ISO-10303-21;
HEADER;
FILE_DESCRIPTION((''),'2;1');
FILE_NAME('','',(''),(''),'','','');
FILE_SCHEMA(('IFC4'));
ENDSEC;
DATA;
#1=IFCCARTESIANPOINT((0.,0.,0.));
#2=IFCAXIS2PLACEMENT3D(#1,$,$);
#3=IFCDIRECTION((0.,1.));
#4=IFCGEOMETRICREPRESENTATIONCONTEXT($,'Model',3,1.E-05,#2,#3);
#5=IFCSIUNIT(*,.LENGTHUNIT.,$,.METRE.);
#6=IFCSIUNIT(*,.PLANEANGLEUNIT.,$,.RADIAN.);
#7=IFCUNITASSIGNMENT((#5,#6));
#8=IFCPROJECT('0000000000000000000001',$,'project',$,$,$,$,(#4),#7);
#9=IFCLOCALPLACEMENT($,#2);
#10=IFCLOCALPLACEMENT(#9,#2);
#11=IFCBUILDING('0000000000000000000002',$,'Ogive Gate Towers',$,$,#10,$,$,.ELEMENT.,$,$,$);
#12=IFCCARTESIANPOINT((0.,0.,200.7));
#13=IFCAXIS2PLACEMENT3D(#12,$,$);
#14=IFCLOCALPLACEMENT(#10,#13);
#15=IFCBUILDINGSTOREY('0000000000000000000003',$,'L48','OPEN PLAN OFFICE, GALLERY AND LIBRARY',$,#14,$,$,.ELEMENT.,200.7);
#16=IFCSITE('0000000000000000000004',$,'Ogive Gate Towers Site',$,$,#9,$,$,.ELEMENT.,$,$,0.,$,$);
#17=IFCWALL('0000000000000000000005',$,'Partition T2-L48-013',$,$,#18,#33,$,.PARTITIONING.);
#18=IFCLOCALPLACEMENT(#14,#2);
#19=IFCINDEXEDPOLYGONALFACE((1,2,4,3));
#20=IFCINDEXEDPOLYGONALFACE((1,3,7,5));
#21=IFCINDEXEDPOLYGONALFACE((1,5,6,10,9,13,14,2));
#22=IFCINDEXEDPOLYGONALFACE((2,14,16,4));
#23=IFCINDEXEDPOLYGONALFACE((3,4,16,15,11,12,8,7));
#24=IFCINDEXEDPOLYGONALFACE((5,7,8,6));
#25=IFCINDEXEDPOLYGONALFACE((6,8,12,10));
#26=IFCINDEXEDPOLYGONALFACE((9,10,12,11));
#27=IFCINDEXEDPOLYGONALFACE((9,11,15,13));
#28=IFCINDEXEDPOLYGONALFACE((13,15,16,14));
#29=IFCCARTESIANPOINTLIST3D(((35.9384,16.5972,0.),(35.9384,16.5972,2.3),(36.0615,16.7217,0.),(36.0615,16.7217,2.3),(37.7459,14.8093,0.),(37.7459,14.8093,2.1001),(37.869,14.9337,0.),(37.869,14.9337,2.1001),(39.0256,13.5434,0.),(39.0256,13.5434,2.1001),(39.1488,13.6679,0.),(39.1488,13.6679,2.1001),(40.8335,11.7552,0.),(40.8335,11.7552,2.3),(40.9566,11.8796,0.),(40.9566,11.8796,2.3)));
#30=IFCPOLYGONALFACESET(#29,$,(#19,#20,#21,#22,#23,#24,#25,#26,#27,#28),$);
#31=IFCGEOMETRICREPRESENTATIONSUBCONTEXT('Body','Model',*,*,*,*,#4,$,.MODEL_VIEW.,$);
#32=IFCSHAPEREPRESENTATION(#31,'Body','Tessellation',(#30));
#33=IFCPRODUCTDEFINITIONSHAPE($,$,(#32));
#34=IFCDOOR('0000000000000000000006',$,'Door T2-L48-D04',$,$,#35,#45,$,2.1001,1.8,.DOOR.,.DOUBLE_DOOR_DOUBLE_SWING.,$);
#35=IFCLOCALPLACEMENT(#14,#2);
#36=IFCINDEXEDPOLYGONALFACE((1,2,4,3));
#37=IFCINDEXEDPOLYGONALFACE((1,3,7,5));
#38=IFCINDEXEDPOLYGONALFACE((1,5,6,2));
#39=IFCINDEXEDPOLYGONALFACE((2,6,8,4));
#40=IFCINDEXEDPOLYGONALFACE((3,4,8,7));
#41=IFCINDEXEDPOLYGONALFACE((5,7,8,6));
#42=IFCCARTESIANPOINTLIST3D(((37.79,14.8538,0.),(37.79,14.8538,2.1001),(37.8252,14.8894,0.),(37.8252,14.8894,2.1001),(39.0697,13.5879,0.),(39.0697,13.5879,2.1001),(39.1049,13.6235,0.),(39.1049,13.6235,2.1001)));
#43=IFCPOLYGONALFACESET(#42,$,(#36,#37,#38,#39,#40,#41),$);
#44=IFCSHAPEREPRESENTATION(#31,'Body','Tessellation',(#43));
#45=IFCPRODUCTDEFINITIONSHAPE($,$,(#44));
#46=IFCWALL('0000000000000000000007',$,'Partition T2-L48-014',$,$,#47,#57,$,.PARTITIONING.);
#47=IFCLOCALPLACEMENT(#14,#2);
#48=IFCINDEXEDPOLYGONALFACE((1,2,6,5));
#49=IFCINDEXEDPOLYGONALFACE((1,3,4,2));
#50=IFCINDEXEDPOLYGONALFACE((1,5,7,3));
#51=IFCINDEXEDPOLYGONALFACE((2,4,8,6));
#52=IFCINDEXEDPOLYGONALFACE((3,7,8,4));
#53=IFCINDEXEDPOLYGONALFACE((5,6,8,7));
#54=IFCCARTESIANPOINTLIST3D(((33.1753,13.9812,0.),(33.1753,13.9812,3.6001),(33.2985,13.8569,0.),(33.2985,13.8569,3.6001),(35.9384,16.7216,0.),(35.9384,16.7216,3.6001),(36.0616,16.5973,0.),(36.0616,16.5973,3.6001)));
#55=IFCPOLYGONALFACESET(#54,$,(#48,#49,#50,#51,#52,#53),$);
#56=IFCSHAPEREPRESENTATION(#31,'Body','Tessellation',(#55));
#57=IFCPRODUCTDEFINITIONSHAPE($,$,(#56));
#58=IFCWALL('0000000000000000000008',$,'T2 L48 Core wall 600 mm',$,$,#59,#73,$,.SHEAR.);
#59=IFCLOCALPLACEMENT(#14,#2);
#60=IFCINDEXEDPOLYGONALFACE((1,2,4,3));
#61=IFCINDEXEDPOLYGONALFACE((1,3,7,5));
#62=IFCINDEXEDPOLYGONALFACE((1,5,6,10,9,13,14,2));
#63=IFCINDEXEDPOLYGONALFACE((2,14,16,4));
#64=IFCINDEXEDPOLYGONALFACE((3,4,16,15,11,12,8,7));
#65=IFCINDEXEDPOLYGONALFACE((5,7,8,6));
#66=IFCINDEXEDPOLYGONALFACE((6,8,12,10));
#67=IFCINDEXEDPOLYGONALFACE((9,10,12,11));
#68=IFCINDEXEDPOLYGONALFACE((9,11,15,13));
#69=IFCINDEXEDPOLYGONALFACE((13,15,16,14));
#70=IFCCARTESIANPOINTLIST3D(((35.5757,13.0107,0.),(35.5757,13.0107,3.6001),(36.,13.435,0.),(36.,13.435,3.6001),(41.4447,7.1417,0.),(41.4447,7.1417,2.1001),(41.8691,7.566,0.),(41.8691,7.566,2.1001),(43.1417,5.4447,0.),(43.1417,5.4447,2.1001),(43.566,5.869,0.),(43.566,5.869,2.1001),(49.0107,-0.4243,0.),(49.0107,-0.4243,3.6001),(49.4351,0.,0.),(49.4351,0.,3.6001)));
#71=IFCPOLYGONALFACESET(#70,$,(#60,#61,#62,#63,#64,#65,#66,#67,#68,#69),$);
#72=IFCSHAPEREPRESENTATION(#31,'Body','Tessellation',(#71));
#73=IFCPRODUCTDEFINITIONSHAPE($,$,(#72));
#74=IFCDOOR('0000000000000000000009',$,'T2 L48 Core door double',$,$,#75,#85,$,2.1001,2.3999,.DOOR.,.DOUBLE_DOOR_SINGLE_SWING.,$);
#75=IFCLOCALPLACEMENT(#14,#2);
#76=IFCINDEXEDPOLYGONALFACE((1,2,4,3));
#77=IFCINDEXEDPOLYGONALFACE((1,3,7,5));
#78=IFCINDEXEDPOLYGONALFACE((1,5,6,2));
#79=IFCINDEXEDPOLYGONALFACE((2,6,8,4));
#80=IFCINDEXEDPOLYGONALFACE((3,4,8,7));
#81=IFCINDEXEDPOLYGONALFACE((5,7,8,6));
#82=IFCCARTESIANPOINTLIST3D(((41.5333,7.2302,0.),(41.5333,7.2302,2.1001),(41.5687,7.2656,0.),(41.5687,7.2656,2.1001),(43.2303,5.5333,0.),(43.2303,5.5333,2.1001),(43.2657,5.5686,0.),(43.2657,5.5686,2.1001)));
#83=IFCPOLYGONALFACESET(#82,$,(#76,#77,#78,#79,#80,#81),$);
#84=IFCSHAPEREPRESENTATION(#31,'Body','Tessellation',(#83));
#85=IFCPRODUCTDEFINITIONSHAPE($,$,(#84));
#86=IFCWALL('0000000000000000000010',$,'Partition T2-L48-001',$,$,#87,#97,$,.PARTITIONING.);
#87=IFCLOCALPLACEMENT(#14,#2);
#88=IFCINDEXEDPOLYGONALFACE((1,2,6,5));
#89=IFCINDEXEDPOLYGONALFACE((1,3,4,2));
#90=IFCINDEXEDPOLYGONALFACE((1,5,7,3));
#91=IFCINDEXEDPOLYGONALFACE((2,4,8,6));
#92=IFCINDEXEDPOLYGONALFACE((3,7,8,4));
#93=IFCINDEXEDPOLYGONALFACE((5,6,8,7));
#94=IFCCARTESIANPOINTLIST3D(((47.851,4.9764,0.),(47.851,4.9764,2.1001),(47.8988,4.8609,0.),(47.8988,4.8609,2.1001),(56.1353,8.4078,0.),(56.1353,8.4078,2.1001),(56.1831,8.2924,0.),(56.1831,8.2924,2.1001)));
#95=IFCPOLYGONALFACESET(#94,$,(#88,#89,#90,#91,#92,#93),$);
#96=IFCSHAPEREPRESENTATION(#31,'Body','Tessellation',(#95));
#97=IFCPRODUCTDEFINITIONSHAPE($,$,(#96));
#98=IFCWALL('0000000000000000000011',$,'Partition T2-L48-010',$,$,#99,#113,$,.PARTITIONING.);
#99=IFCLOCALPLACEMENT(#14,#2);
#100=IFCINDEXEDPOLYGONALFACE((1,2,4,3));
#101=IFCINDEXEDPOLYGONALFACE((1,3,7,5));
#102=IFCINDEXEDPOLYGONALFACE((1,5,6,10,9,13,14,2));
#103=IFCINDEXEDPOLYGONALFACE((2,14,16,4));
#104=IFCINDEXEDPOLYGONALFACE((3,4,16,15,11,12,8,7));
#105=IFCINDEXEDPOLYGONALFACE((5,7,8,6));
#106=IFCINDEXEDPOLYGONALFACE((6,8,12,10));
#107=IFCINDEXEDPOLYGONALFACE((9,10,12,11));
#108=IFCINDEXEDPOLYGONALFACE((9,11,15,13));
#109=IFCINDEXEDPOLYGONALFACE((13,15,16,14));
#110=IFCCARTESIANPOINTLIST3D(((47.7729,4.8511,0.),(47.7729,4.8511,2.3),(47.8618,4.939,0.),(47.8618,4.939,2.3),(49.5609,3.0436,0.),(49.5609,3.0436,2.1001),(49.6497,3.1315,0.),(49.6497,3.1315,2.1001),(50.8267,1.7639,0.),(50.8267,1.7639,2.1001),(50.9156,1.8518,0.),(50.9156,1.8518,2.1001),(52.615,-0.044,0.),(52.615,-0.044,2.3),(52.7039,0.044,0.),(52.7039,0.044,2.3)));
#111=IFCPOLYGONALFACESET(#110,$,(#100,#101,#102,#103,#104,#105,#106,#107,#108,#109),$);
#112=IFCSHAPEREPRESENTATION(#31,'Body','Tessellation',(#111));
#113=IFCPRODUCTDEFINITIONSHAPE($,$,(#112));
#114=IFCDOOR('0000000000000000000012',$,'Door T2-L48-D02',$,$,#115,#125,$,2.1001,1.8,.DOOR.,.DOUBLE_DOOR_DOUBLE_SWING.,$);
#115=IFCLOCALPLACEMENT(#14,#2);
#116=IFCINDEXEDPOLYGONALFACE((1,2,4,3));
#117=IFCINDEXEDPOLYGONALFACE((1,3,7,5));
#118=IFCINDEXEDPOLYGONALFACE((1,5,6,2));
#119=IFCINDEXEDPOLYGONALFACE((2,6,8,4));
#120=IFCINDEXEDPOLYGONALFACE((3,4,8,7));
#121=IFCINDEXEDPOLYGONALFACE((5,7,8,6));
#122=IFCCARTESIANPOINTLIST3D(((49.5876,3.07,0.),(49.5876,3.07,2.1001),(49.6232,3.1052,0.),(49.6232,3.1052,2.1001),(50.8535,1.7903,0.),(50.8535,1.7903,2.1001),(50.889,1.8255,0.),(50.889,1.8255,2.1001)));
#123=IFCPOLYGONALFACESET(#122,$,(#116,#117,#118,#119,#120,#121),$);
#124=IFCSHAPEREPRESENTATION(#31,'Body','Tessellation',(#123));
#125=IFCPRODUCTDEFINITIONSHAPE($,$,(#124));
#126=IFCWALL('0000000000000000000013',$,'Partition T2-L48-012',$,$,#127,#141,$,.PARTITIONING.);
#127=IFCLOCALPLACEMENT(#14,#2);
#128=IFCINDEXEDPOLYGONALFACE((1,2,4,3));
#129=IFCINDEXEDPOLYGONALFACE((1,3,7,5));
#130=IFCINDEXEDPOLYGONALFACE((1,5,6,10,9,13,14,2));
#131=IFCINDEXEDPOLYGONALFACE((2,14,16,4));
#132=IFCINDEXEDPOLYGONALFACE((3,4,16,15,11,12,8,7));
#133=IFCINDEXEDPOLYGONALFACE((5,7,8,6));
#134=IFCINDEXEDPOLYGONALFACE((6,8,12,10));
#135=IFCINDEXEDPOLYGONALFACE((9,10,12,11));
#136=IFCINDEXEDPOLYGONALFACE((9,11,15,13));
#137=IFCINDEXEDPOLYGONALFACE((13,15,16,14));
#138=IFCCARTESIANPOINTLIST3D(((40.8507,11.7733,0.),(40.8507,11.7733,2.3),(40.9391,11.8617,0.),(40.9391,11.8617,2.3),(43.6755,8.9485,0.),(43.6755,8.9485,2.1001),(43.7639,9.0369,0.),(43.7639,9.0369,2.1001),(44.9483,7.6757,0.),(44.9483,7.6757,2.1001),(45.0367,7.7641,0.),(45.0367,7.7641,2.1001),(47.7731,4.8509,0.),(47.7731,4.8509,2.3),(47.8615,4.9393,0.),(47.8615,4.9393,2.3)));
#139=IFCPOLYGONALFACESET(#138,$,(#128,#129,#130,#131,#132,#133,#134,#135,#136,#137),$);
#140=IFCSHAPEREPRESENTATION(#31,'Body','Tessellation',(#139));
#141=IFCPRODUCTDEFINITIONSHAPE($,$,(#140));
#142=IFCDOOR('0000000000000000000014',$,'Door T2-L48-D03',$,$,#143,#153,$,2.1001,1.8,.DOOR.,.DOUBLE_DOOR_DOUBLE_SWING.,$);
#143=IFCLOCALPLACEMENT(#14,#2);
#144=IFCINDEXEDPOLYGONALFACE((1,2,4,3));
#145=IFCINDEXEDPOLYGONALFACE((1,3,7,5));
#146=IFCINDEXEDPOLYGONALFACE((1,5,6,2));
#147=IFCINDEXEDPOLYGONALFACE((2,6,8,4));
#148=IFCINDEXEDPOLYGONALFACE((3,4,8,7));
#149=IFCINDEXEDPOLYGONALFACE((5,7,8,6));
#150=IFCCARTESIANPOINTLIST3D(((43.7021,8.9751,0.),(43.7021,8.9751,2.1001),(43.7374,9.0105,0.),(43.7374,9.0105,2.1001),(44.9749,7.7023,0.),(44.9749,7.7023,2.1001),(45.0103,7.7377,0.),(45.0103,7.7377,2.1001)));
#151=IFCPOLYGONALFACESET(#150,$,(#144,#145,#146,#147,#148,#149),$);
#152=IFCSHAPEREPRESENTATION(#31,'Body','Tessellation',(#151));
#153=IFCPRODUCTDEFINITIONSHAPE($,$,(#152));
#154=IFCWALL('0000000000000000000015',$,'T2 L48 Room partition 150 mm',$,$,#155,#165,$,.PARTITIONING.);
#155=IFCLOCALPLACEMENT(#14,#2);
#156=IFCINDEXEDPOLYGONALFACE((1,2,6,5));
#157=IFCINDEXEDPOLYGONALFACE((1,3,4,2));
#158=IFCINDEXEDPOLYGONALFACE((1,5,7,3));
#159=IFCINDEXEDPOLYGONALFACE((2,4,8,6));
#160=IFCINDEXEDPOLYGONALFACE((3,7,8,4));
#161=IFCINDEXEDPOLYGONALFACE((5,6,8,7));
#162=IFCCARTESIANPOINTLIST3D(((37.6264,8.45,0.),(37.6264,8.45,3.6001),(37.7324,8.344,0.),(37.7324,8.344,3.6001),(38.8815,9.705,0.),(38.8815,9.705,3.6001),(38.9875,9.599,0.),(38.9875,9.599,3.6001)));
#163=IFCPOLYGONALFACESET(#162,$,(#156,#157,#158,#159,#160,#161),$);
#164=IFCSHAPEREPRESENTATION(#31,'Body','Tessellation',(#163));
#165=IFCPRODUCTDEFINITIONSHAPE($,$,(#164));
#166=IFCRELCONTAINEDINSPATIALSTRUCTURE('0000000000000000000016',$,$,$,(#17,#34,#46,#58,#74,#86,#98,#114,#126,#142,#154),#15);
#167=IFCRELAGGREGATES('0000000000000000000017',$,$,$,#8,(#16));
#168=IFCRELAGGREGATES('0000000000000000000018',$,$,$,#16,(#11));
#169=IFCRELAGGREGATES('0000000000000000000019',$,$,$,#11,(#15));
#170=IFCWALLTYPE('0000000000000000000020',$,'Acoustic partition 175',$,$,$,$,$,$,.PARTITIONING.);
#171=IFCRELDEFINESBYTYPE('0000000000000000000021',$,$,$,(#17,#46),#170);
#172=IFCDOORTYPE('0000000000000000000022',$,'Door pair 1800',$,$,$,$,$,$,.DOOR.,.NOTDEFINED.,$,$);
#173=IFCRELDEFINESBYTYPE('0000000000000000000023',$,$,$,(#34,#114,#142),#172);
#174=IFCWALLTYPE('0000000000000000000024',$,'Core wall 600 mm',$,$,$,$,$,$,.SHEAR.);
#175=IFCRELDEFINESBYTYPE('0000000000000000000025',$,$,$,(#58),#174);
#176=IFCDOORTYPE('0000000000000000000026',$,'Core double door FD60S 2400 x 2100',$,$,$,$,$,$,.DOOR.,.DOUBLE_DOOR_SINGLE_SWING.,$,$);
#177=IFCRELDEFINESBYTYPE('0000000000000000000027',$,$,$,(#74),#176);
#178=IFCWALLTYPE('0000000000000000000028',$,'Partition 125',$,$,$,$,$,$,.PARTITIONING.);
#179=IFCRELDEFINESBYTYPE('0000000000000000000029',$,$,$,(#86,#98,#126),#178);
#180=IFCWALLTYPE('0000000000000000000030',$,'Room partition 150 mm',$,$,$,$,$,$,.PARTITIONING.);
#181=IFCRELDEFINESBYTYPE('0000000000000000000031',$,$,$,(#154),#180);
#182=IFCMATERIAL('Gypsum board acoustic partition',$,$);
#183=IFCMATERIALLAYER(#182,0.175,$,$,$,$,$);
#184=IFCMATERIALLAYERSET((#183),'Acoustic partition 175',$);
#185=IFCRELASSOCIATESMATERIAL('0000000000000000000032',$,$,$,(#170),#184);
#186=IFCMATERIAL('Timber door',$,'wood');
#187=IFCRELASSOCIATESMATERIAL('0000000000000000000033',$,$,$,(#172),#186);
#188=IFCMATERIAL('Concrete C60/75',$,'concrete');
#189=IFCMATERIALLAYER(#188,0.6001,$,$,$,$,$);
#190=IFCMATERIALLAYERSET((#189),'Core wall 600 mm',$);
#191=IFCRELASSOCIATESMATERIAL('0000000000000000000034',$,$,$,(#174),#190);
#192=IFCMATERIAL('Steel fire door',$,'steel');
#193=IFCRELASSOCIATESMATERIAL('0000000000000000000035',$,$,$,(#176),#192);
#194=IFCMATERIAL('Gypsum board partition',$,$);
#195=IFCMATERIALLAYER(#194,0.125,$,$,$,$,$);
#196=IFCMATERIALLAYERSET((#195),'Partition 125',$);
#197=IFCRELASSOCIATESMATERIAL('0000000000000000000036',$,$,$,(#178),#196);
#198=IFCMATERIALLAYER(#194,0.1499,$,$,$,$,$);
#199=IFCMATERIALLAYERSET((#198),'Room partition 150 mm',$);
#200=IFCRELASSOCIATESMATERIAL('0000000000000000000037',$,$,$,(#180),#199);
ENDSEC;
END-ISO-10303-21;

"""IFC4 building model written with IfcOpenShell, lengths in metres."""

from ifc_helpers import new_model, si_unit, direction, frame, frame_2d, origin, place, context, subcontext, project, spatial, rectangle, extrude, material, layer, layer_set, type_object, element, fill, save


model = new_model("IFC4")

# Units and contexts
model_context = context("Model", 3, precision=1e-05, world=origin(), true_north=direction((0.0, 1.0)))
body_context = subcontext(model_context, "Body", "Model", "MODEL_VIEW")
ifc_project = project(units=[si_unit("LENGTHUNIT", "METRE"), si_unit("PLANEANGLEUNIT", "RADIAN")], contexts=[model_context])

# Site, building, storey
site_placement = place(None, origin())
site = spatial("IfcSite", under=ifc_project, at=site_placement, Name="Ogive Gate Towers Site", CompositionType="ELEMENT", RefElevation=0.0)
building_placement = place(site_placement, origin())
building = spatial("IfcBuilding", under=site, at=building_placement, Name="Ogive Gate Towers", CompositionType="ELEMENT")
storey_placement = place(building_placement, frame((0.0, 0.0, 200.7)))
storey = spatial("IfcBuildingStorey", under=building, at=storey_placement, Name="L48", Description="OPEN PLAN OFFICE, GALLERY AND LIBRARY", CompositionType="ELEMENT", Elevation=200.7)

# Shared definitions
ifc_material_1 = material(Name="Gypsum board acoustic partition")
ifc_layer_1 = layer(ifc_material_1, 0.175)
ifc_layer_set_1 = layer_set([ifc_layer_1], Name="Acoustic partition 175")
wall_type_1 = type_object("IfcWallType", Name="Acoustic partition 175", PredefinedType="PARTITIONING", material=ifc_layer_set_1)

# Wall, opening, door
wall_1_placement = place(storey_placement, frame((40.895, 11.8174, 0.0), z_axis=(0.0, 0.0, 1.0), x_axis=(-0.710944, 0.703249, 0.0)))
wall_1 = element("IfcWall", 1, at=wall_1_placement, inside=storey, type_object=wall_type_1, Name="Partition T2-L48-013", PredefinedType="PARTITIONING", context=body_context, shape_type="SweptSolid", body=[
    extrude(rectangle(XDim=6.8853, YDim=0.175, at=frame_2d((3.4426, 0.0))), origin(), (0.0, 0.0, 1.0), 2.3),
])
opening_1_placement = place(wall_1_placement, frame((2.543, 0.0, 0.0)))
opening_1 = element("IfcOpeningElement", 2, at=opening_1_placement, cuts=wall_1, PredefinedType="OPENING", context=body_context, shape_type="SweptSolid", body=[
    extrude(rectangle(XDim=1.8, YDim=2.1001, at=frame_2d((0.8999, 1.05))), frame((0.0, 0.0977, 0.0), z_axis=(0.0, -1.0, 0.0), x_axis=(1.0, 0.0, 0.0)), (0.0, 0.0, 1.0), 0.1951),
])
ifc_material_2 = material(Name="Timber door", Category="wood")
door_type_1 = type_object("IfcDoorType", Name="Door pair 1800", OperationType="NOTDEFINED", PredefinedType="DOOR", material=ifc_material_2)
door_1_placement = place(opening_1_placement, origin())
door_1 = element("IfcDoor", 3, at=door_1_placement, inside=storey, type_object=door_type_1, Name="Door T2-L48-D04", OperationType="DOUBLE_DOOR_DOUBLE_SWING", OverallHeight=2.1001, OverallWidth=1.8, PredefinedType="DOOR", context=body_context, shape_type="SweptSolid", body=[
    extrude(rectangle(XDim=1.8, YDim=2.1001, at=frame_2d((0.8999, 1.05))), frame((0.0, 0.0249, 0.0), z_axis=(0.0, -1.0, 0.0), x_axis=(1.0, 0.0, 0.0)), (0.0, 0.0, 1.0), 0.05),
])
fill(opening_1, door_1)

# Wall
wall_2_placement = place(storey_placement, frame((36.0, 16.6594, 0.0), z_axis=(0.0, 0.0, 1.0), x_axis=(-0.710018, -0.704184, 0.0)))
element("IfcWall", 4, at=wall_2_placement, inside=storey, type_object=wall_type_1, Name="Partition T2-L48-014", PredefinedType="PARTITIONING", context=body_context, shape_type="SweptSolid", body=[
    extrude(rectangle(XDim=3.8916, YDim=0.175, at=frame_2d((1.9458, 0.0))), origin(), (0.0, 0.0, 1.0), 3.6001),
])

# Wall, opening, door
ifc_material_3 = material(Name="Concrete C60/75", Category="concrete")
ifc_layer_2 = layer(ifc_material_3, 0.6001)
ifc_layer_set_2 = layer_set([ifc_layer_2], Name="Core wall 600 mm")
wall_type_2 = type_object("IfcWallType", Name="Core wall 600 mm", PredefinedType="SHEAR", material=ifc_layer_set_2)
wall_3_placement = place(storey_placement, frame((49.2229, -0.2122, 0.0), z_axis=(0.0, 0.0, 1.0), x_axis=(-0.707107, 0.707107, 0.0)))
wall_3 = element("IfcWall", 5, at=wall_3_placement, inside=storey, type_object=wall_type_2, Name="T2 L48 Core wall 600 mm", PredefinedType="SHEAR", context=body_context, shape_type="SweptSolid", body=[
    extrude(rectangle(XDim=19.0, YDim=0.6001, at=frame_2d((9.5, 0.0))), origin(), (0.0, 0.0, 1.0), 3.6001),
])
opening_2_placement = place(wall_3_placement, frame((8.3, 0.0, 0.0)))
opening_2 = element("IfcOpeningElement", 6, at=opening_2_placement, cuts=wall_3, PredefinedType="OPENING", context=body_context, shape_type="SweptSolid", body=[
    extrude(rectangle(XDim=2.3999, YDim=2.1001, at=frame_2d((1.2, 1.05))), frame((0.0, 0.3101, 0.0), z_axis=(0.0, -1.0, 0.0), x_axis=(1.0, 0.0, 0.0)), (0.0, 0.0, 1.0), 0.6201),
])
ifc_material_4 = material(Name="Steel fire door", Category="steel")
door_type_2 = type_object("IfcDoorType", Name="Core double door FD60S 2400 x 2100", OperationType="DOUBLE_DOOR_SINGLE_SWING", PredefinedType="DOOR", material=ifc_material_4)
door_2_placement = place(opening_2_placement, origin())
door_2 = element("IfcDoor", 7, at=door_2_placement, inside=storey, type_object=door_type_2, Name="T2 L48 Core door double", OperationType="DOUBLE_DOOR_SINGLE_SWING", OverallHeight=2.1001, OverallWidth=2.3999, PredefinedType="DOOR", context=body_context, shape_type="SweptSolid", body=[
    extrude(rectangle(XDim=2.3999, YDim=2.1001, at=frame_2d((1.2, 1.05))), frame((0.0, 0.1748, 0.0), z_axis=(0.0, -1.0, 0.0), x_axis=(1.0, 0.0, 0.0)), (0.0, 0.0, 1.0), 0.05),
])
fill(opening_2, door_2)

# Wall
ifc_material_5 = material(Name="Gypsum board partition")
ifc_layer_3 = layer(ifc_material_5, 0.125)
ifc_layer_set_3 = layer_set([ifc_layer_3], Name="Partition 125")
wall_type_3 = type_object("IfcWallType", Name="Partition 125", PredefinedType="PARTITIONING", material=ifc_layer_set_3)
wall_4_placement = place(storey_placement, frame((56.1592, 8.3501, 0.0), z_axis=(0.0, 0.0, 1.0), x_axis=(-0.92388, -0.382681, 0.0)))
element("IfcWall", 8, at=wall_4_placement, inside=storey, type_object=wall_type_3, Name="Partition T2-L48-001", PredefinedType="PARTITIONING", context=body_context, shape_type="SweptSolid", body=[
    extrude(rectangle(XDim=8.9668, YDim=0.125, at=frame_2d((4.4834, 0.0))), origin(), (0.0, 0.0, 1.0), 2.1001),
])

# Walls, openings, doors
wall_5_placement = place(storey_placement, frame((52.6594, 0.0, 0.0), z_axis=(0.0, 0.0, 1.0), x_axis=(-0.703249, 0.710944, 0.0)))
wall_5 = element("IfcWall", 9, at=wall_5_placement, inside=storey, type_object=wall_type_3, Name="Partition T2-L48-010", PredefinedType="PARTITIONING", context=body_context, shape_type="SweptSolid", body=[
    extrude(rectangle(XDim=6.8853, YDim=0.125, at=frame_2d((3.4426, 0.0))), origin(), (0.0, 0.0, 1.0), 2.3),
])
opening_3_placement = place(wall_5_placement, frame((2.543, 0.0, 0.0)))
opening_3 = element("IfcOpeningElement", 10, at=opening_3_placement, cuts=wall_5, PredefinedType="OPENING", context=body_context, shape_type="SweptSolid", body=[
    extrude(rectangle(XDim=1.8, YDim=2.1001, at=frame_2d((0.8999, 1.05))), frame((0.0, 0.0725, 0.0), z_axis=(0.0, -1.0, 0.0), x_axis=(1.0, 0.0, 0.0)), (0.0, 0.0, 1.0), 0.145),
])
door_3_placement = place(opening_3_placement, origin())
door_3 = element("IfcDoor", 11, at=door_3_placement, inside=storey, type_object=door_type_1, Name="Door T2-L48-D02", OperationType="DOUBLE_DOOR_DOUBLE_SWING", OverallHeight=2.1001, OverallWidth=1.8, PredefinedType="DOOR", context=body_context, shape_type="SweptSolid", body=[
    extrude(rectangle(XDim=1.8, YDim=2.1001, at=frame_2d((0.8999, 1.05))), frame((0.0, 0.0249, 0.0), z_axis=(0.0, -1.0, 0.0), x_axis=(1.0, 0.0, 0.0)), (0.0, 0.0, 1.0), 0.05),
])
fill(opening_3, door_3)
wall_6_placement = place(storey_placement, frame((47.8174, 4.895, 0.0), z_axis=(0.0, 0.0, 1.0), x_axis=(-0.707107, 0.707107, 0.0)))
wall_6 = element("IfcWall", 12, at=wall_6_placement, inside=storey, type_object=wall_type_3, Name="Partition T2-L48-012", PredefinedType="PARTITIONING", context=body_context, shape_type="SweptSolid", body=[
    extrude(rectangle(XDim=9.7898, YDim=0.125, at=frame_2d((4.895, 0.0))), origin(), (0.0, 0.0, 1.0), 2.3),
])
opening_4_placement = place(wall_6_placement, frame((3.9951, 0.0, 0.0)))
opening_4 = element("IfcOpeningElement", 13, at=opening_4_placement, cuts=wall_6, PredefinedType="OPENING", context=body_context, shape_type="SweptSolid", body=[
    extrude(rectangle(XDim=1.8, YDim=2.1001, at=frame_2d((0.8999, 1.05))), frame((0.0, 0.0725, 0.0), z_axis=(0.0, -1.0, 0.0), x_axis=(1.0, 0.0, 0.0)), (0.0, 0.0, 1.0), 0.145),
])
door_4_placement = place(opening_4_placement, origin())
door_4 = element("IfcDoor", 14, at=door_4_placement, inside=storey, type_object=door_type_1, Name="Door T2-L48-D03", OperationType="DOUBLE_DOOR_DOUBLE_SWING", OverallHeight=2.1001, OverallWidth=1.8, PredefinedType="DOOR", context=body_context, shape_type="SweptSolid", body=[
    extrude(rectangle(XDim=1.8, YDim=2.1001, at=frame_2d((0.8999, 1.05))), frame((0.0, 0.0249, 0.0), z_axis=(0.0, -1.0, 0.0), x_axis=(1.0, 0.0, 0.0)), (0.0, 0.0, 1.0), 0.05),
])
fill(opening_4, door_4)

# Wall
ifc_layer_4 = layer(ifc_material_5, 0.1499)
ifc_layer_set_4 = layer_set([ifc_layer_4], Name="Room partition 150 mm")
wall_type_4 = type_object("IfcWallType", Name="Room partition 150 mm", PredefinedType="PARTITIONING", material=ifc_layer_set_4)
wall_7_placement = place(storey_placement, frame((37.6794, 8.397, 0.0), z_axis=(0.0, 0.0, 1.0), x_axis=(0.707107, 0.707107, 0.0)))
element("IfcWall", 15, at=wall_7_placement, inside=storey, type_object=wall_type_4, Name="T2 L48 Room partition 150 mm", PredefinedType="PARTITIONING", context=body_context, shape_type="SweptSolid", body=[
    extrude(rectangle(XDim=1.7749, YDim=0.1499, at=frame_2d((0.8875, 0.0))), origin(), (0.0, 0.0, 1.0), 3.6001),
])

save(model, "model.ifc")
